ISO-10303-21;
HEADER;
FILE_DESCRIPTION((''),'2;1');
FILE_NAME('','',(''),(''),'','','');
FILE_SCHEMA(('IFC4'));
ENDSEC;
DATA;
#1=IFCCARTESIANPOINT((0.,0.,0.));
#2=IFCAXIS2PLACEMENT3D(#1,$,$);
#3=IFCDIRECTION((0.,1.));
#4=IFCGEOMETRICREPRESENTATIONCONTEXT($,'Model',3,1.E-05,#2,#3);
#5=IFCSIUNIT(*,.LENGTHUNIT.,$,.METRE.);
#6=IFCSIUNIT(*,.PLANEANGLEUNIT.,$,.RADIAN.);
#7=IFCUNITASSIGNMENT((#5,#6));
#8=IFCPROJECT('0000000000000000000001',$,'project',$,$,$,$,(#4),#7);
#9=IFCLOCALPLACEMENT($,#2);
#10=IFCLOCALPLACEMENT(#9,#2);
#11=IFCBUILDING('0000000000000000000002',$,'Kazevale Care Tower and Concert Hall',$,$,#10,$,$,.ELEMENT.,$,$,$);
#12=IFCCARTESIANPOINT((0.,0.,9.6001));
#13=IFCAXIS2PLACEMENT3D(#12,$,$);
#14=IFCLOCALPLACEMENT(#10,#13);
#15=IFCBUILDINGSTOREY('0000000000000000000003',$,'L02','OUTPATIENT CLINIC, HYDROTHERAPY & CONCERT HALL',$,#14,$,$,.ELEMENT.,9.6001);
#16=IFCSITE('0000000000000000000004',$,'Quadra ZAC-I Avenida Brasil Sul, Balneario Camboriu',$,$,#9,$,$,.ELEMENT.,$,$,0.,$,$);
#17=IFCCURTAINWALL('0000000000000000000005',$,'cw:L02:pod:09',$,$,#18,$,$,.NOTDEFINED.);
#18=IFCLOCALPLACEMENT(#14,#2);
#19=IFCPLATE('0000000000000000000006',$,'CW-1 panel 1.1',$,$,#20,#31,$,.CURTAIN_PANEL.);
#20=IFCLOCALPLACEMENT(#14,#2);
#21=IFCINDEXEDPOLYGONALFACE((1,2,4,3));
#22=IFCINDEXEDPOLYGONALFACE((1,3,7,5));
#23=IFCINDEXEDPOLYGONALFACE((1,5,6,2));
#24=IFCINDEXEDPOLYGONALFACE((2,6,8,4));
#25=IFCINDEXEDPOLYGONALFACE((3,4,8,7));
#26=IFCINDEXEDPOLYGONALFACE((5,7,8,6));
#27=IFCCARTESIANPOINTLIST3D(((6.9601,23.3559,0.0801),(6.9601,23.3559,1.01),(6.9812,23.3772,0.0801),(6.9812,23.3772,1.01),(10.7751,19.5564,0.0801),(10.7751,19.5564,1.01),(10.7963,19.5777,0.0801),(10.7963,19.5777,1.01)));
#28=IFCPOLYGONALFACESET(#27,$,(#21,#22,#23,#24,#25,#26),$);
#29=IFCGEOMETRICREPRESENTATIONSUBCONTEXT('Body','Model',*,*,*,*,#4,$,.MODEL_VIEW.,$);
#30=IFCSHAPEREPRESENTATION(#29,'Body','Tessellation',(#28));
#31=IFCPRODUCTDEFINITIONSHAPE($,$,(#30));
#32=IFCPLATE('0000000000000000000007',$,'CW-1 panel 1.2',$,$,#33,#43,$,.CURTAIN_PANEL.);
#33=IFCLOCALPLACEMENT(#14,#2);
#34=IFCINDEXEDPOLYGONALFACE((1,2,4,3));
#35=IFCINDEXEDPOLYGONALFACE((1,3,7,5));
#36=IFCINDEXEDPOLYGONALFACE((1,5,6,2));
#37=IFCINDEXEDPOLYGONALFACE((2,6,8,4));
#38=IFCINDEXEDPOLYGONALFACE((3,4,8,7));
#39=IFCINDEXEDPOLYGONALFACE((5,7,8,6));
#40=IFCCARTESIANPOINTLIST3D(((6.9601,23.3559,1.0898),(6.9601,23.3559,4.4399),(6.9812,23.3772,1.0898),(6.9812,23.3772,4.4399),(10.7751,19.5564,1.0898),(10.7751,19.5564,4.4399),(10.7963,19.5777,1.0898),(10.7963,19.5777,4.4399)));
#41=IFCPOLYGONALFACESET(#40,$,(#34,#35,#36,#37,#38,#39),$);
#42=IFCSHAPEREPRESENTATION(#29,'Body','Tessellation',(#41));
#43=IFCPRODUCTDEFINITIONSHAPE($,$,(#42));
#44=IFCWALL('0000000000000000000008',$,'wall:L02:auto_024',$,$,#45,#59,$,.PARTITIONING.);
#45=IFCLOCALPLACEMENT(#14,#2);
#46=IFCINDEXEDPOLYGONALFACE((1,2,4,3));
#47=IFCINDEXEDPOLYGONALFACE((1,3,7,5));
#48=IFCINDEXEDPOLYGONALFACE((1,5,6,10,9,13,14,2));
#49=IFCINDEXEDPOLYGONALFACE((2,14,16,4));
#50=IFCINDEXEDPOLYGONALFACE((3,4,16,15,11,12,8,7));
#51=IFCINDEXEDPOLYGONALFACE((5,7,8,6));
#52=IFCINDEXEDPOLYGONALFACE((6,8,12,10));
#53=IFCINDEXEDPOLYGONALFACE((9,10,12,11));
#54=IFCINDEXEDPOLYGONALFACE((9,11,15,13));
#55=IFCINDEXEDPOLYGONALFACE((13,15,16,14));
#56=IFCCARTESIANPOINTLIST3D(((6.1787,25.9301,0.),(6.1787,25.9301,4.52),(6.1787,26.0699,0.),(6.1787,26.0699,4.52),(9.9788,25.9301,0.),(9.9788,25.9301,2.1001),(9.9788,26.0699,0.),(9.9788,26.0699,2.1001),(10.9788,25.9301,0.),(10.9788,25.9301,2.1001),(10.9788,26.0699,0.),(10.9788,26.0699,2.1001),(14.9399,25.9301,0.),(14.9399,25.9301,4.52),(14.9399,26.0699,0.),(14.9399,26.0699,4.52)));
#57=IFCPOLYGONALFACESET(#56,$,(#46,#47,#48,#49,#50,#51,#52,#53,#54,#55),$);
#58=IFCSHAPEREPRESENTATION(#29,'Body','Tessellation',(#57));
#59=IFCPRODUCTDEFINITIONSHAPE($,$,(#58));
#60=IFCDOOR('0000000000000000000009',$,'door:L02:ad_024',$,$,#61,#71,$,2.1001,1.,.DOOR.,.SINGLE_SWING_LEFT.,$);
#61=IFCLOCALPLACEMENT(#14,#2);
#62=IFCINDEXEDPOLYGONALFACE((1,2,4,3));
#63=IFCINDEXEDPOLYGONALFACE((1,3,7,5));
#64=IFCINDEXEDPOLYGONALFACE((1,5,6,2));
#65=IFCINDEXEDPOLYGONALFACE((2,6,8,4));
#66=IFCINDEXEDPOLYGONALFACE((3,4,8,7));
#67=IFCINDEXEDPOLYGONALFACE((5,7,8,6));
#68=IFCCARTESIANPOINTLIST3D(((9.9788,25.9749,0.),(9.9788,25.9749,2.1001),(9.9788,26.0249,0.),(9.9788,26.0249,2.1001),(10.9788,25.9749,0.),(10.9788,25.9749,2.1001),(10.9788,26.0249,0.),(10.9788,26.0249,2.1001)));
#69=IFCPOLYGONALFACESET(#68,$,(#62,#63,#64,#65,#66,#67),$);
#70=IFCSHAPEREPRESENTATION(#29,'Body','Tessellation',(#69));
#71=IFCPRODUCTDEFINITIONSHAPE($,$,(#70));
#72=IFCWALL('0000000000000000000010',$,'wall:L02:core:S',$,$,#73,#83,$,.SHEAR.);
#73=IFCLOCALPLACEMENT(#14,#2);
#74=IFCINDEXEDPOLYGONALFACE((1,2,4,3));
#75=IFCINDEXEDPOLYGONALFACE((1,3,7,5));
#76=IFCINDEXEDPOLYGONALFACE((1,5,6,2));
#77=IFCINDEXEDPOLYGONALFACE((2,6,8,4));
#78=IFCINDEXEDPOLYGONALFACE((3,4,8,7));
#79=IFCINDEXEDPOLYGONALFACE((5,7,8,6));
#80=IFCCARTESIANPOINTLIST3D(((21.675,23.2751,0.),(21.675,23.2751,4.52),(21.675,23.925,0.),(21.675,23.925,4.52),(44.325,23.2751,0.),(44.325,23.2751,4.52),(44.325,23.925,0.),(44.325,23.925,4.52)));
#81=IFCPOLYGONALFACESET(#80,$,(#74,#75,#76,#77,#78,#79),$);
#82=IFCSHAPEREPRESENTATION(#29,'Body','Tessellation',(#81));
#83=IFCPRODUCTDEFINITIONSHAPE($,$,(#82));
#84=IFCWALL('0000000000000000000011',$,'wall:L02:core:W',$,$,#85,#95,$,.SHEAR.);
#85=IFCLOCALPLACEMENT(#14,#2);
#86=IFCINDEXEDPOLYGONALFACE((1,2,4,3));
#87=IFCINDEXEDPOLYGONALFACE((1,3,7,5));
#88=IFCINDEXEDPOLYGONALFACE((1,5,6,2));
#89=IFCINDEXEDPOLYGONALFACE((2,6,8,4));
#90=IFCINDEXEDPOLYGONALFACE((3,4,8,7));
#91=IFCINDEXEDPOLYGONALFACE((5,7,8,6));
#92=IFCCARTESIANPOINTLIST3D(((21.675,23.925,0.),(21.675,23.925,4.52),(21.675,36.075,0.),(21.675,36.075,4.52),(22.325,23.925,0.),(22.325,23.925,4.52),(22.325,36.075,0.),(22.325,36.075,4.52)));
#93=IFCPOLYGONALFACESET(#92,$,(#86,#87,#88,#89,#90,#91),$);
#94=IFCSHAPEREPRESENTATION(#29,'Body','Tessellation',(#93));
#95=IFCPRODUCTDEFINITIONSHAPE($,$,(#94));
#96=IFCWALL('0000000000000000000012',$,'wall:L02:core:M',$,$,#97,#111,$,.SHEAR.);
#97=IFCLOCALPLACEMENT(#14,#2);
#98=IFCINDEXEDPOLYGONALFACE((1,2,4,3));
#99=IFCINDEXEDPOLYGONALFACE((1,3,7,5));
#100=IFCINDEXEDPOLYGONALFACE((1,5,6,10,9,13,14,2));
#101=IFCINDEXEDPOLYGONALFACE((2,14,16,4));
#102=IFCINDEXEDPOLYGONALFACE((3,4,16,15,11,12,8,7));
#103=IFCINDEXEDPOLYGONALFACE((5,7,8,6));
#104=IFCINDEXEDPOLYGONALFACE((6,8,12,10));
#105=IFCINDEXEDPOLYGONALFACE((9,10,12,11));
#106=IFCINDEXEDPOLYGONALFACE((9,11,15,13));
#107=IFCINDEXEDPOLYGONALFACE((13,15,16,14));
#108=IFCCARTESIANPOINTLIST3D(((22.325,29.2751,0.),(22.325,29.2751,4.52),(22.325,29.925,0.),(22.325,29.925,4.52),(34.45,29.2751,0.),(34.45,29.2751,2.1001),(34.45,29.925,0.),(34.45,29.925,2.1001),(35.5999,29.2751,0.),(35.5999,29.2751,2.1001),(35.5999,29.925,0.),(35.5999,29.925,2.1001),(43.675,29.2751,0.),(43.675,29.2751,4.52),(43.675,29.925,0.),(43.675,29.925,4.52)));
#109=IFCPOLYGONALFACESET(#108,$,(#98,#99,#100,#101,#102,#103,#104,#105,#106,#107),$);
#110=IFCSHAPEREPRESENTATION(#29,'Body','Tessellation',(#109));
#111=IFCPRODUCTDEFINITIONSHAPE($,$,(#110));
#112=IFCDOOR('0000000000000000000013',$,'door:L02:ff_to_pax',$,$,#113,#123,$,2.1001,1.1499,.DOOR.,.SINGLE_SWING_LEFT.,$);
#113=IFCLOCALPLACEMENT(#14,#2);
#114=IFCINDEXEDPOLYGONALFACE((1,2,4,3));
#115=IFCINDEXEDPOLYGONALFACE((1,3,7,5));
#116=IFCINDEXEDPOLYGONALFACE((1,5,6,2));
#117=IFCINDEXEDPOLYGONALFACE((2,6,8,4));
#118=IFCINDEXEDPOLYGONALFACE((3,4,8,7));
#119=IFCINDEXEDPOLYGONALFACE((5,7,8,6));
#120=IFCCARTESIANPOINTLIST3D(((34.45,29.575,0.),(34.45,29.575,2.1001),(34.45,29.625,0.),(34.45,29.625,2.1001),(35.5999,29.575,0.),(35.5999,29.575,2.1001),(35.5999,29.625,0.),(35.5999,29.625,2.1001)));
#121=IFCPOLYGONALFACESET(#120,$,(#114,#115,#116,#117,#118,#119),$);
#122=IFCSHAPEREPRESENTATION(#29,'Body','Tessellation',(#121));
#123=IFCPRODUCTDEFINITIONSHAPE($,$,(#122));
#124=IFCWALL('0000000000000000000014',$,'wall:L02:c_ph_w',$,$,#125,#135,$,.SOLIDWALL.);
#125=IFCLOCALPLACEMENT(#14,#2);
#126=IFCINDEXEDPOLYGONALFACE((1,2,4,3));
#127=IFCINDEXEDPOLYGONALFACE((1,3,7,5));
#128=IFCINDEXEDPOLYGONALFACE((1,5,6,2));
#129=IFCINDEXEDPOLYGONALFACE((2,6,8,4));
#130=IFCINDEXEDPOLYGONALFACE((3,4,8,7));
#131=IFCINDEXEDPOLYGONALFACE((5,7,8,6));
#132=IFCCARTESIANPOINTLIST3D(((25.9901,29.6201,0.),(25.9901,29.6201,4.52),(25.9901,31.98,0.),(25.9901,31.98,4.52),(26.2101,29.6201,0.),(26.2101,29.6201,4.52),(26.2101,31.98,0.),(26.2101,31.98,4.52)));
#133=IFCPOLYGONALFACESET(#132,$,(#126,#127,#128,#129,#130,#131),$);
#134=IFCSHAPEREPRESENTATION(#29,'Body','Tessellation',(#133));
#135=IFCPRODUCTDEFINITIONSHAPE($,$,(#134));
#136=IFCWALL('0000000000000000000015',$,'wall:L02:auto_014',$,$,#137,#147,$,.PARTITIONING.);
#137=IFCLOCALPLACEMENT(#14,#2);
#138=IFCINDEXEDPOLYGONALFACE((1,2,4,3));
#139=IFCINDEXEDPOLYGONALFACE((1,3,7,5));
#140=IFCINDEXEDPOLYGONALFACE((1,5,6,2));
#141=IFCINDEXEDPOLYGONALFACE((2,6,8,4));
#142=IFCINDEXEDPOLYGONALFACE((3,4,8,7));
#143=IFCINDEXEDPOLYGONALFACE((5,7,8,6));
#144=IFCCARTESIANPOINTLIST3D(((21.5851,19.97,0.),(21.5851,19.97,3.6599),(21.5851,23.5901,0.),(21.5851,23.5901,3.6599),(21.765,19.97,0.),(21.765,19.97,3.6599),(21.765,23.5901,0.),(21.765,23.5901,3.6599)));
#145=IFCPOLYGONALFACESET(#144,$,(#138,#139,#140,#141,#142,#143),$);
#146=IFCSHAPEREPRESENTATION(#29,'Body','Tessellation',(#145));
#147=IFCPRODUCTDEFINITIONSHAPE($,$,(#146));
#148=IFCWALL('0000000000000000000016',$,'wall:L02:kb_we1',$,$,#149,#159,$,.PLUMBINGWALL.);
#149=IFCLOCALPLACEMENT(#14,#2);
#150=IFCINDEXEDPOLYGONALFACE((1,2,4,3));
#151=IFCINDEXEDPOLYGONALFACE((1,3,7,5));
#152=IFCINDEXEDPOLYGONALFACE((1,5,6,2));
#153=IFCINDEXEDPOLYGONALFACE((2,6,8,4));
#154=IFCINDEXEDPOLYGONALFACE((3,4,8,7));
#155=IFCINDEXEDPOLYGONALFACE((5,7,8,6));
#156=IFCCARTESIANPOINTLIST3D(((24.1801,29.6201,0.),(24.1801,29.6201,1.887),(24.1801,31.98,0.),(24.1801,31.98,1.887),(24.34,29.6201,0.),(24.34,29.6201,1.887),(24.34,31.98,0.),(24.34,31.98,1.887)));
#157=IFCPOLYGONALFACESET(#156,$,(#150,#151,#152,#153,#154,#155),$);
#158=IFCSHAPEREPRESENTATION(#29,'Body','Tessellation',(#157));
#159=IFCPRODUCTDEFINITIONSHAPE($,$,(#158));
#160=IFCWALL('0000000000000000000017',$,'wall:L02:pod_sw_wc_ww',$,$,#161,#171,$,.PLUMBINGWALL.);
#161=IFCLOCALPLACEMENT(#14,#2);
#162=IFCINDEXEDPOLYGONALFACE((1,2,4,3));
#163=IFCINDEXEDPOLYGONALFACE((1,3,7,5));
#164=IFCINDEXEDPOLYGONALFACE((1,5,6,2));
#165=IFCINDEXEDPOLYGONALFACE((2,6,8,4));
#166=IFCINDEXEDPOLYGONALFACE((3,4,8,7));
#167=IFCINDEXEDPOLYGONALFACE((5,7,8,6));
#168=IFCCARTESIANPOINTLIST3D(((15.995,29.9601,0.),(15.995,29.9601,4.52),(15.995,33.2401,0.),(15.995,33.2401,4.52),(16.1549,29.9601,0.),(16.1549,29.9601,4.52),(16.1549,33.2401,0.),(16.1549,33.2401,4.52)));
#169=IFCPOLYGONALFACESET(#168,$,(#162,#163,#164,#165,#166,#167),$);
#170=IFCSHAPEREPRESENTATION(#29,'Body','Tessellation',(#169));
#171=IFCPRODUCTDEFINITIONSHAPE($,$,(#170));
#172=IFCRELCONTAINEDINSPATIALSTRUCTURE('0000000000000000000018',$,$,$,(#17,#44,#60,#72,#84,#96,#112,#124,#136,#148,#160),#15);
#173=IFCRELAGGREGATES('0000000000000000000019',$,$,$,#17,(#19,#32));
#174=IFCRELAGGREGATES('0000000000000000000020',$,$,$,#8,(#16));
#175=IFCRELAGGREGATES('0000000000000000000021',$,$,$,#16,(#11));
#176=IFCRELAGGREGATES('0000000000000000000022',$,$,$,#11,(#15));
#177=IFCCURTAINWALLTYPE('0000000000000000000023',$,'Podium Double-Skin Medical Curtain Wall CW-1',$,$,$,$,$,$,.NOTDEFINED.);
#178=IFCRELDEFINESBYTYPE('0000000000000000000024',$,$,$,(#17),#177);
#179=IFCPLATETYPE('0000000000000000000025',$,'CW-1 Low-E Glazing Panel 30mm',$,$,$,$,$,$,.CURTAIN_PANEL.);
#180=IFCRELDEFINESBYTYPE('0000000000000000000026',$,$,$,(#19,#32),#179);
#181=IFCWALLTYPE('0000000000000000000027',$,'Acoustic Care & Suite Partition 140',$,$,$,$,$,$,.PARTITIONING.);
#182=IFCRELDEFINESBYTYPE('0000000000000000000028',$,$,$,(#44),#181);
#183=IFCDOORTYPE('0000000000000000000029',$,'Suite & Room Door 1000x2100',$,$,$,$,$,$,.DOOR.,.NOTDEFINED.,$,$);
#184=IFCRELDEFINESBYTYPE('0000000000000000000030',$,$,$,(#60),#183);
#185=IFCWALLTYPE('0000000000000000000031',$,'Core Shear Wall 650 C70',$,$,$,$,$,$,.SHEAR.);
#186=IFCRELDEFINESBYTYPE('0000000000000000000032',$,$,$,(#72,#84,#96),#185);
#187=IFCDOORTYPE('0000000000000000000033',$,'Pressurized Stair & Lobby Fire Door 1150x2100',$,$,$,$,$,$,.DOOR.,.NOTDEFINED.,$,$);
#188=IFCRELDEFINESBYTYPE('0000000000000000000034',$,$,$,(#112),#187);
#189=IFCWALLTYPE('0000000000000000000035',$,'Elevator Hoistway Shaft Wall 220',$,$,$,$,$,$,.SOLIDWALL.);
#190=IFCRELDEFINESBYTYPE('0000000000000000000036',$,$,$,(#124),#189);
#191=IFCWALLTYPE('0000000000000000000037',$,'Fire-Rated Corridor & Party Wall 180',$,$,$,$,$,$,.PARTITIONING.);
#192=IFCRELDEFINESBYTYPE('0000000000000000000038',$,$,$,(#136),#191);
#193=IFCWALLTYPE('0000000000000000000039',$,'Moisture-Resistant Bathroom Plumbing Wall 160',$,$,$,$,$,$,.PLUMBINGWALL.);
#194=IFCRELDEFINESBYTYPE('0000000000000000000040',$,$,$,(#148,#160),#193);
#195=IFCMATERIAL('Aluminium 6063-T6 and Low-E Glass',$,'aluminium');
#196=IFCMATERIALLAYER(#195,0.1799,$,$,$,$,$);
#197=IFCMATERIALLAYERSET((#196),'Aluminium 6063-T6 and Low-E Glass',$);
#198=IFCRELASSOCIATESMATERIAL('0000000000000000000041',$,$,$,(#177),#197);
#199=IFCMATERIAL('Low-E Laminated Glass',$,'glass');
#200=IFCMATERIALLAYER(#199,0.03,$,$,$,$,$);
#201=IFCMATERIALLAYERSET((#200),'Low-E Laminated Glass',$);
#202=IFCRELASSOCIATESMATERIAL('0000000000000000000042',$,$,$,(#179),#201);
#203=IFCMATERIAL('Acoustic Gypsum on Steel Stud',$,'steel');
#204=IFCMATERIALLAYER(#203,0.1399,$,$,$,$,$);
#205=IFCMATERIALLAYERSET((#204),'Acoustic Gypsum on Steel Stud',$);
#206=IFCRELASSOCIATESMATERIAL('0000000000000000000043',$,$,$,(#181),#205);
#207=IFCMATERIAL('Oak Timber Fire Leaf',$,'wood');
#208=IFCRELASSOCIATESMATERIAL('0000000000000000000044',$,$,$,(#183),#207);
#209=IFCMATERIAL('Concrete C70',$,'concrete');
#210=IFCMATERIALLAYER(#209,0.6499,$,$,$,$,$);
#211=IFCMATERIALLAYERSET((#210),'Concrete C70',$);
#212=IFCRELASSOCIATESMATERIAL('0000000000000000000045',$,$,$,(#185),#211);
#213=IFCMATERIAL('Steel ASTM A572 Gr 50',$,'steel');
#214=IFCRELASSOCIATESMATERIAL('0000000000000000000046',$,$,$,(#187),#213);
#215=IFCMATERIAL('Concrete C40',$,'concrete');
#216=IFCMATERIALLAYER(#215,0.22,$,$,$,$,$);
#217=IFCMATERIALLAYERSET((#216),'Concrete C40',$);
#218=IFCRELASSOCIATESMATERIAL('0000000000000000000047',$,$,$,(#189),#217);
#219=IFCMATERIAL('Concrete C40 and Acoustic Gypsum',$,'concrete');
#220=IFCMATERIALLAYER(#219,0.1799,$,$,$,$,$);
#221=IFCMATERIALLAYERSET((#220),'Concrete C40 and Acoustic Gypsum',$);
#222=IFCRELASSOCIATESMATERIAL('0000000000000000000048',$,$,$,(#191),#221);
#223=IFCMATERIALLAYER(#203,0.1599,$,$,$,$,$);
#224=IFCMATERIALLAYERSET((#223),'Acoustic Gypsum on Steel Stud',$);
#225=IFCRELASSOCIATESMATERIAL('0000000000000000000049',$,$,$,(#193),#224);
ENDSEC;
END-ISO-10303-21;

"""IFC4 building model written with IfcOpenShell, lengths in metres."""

from ifc_helpers import new_model, si_unit, direction, frame, frame_2d, origin, origin_2d, place, context, subcontext, project, spatial, rectangle, extrude, material, layer, layer_set, type_object, element, fill, aggregate, save


model = new_model("IFC4")

# Units and contexts
model_context = context("Model", 3, precision=1e-05, world=origin(), true_north=direction((0.0, 1.0)))
body_context = subcontext(model_context, "Body", "Model", "MODEL_VIEW")
ifc_project = project(units=[si_unit("LENGTHUNIT", "METRE"), si_unit("PLANEANGLEUNIT", "RADIAN")], contexts=[model_context])

# Site, building, storey
site_placement = place(None, origin())
site = spatial("IfcSite", under=ifc_project, at=site_placement, Name="Quadra ZAC-I Avenida Brasil Sul, Balneario Camboriu", CompositionType="ELEMENT", RefElevation=0.0)
building_placement = place(site_placement, origin())
building = spatial("IfcBuilding", under=site, at=building_placement, Name="Kazevale Care Tower and Concert Hall", CompositionType="ELEMENT")
storey_placement = place(building_placement, frame((0.0, 0.0, 9.6001)))
storey = spatial("IfcBuildingStorey", under=building, at=storey_placement, Name="L02", Description="OUTPATIENT CLINIC, HYDROTHERAPY & CONCERT HALL", CompositionType="ELEMENT", Elevation=9.6001)

# Shared definitions
ifc_material_1 = material(Name="Concrete C70", Category="concrete")

# Curtain wall
ifc_material_2 = material(Name="Aluminium 6063-T6 and Low-E Glass", Category="aluminium")
ifc_layer_1 = layer(ifc_material_2, 0.1799)
ifc_layer_set_1 = layer_set([ifc_layer_1], Name="Aluminium 6063-T6 and Low-E Glass")
curtain_wall_type = type_object("IfcCurtainWallType", Name="Podium Double-Skin Medical Curtain Wall CW-1", PredefinedType="NOTDEFINED", material=ifc_layer_set_1)
curtain_wall_placement = place(storey_placement, origin())
curtain_wall = element("IfcCurtainWall", 1, at=curtain_wall_placement, inside=storey, type_object=curtain_wall_type, Name="cw:L02:pod:09", PredefinedType="NOTDEFINED")

# Shared definitions
ifc_material_3 = material(Name="Steel ASTM A572 Gr 50", Category="steel")

# Plates
ifc_material_4 = material(Name="Low-E Laminated Glass", Category="glass")
ifc_layer_2 = layer(ifc_material_4, 0.03)
ifc_layer_set_2 = layer_set([ifc_layer_2], Name="Low-E Laminated Glass")
plate_type = type_object("IfcPlateType", Name="CW-1 Low-E Glazing Panel 30mm", PredefinedType="CURTAIN_PANEL", material=ifc_layer_set_2)
plate_1_placement = place(storey_placement, frame((8.8782, 21.4668, 0.0801), z_axis=(0.0, 0.0, 1.0), x_axis=(0.708555, -0.705656, 0.0)))
plate_1 = element("IfcPlate", 2, at=plate_1_placement, type_object=plate_type, Name="CW-1 panel 1.1", PredefinedType="CURTAIN_PANEL", context=body_context, shape_type="SweptSolid", body=[
    extrude(rectangle(XDim=5.3843, YDim=0.03, at=origin_2d()), origin(), (0.0, 0.0, 1.0), 0.9299),
])
plate_2_placement = place(storey_placement, frame((8.8782, 21.4668, 1.0898), z_axis=(0.0, 0.0, 1.0), x_axis=(0.708555, -0.705656, 0.0)))
plate_2 = element("IfcPlate", 3, at=plate_2_placement, type_object=plate_type, Name="CW-1 panel 1.2", PredefinedType="CURTAIN_PANEL", context=body_context, shape_type="SweptSolid", body=[
    extrude(rectangle(XDim=5.3843, YDim=0.03, at=origin_2d()), origin(), (0.0, 0.0, 1.0), 3.3501),
])
aggregate(curtain_wall, [plate_1, plate_2])

# Wall, opening, door
ifc_material_5 = material(Name="Acoustic Gypsum on Steel Stud", Category="steel")
ifc_layer_3 = layer(ifc_material_5, 0.1399)
ifc_layer_set_3 = layer_set([ifc_layer_3], Name="Acoustic Gypsum on Steel Stud")
wall_type_1 = type_object("IfcWallType", Name="Acoustic Care & Suite Partition 140", PredefinedType="PARTITIONING", material=ifc_layer_set_3)
wall_1_placement = place(storey_placement, frame((6.1787, 26.0, 0.0), z_axis=(0.0, 0.0, 1.0), x_axis=(1.0, 0.0, 0.0)))
wall_1 = element("IfcWall", 4, at=wall_1_placement, inside=storey, type_object=wall_type_1, Name="wall:L02:auto_024", PredefinedType="PARTITIONING", context=body_context, shape_type="SweptSolid", body=[
    extrude(rectangle(XDim=8.7612, YDim=0.1399, at=frame_2d((4.3806, 0.0))), origin(), (0.0, 0.0, 1.0), 4.52),
])
opening_1_placement = place(wall_1_placement, frame((3.8, 0.0, 0.0)))
opening_1 = element("IfcOpeningElement", 5, at=opening_1_placement, cuts=wall_1, PredefinedType="OPENING", context=body_context, shape_type="SweptSolid", body=[
    extrude(rectangle(XDim=1.0, YDim=2.1001, at=frame_2d((0.5, 1.05))), frame((0.0, 0.0798, 0.0), z_axis=(0.0, -1.0, 0.0), x_axis=(1.0, 0.0, 0.0)), (0.0, 0.0, 1.0), 0.1599),
])
ifc_material_6 = material(Name="Oak Timber Fire Leaf", Category="wood")
door_type_1 = type_object("IfcDoorType", Name="Suite & Room Door 1000x2100", OperationType="NOTDEFINED", PredefinedType="DOOR", material=ifc_material_6)
door_1_placement = place(opening_1_placement, origin())
door_1 = element("IfcDoor", 6, at=door_1_placement, inside=storey, type_object=door_type_1, Name="door:L02:ad_024", OperationType="SINGLE_SWING_LEFT", OverallHeight=2.1001, OverallWidth=1.0, PredefinedType="DOOR", context=body_context, shape_type="SweptSolid", body=[
    extrude(rectangle(XDim=1.0, YDim=2.1001, at=frame_2d((0.5, 1.05))), frame((0.0, 0.0249, 0.0), z_axis=(0.0, -1.0, 0.0), x_axis=(1.0, 0.0, 0.0)), (0.0, 0.0, 1.0), 0.05),
])
fill(opening_1, door_1)

# Walls
ifc_layer_4 = layer(ifc_material_1, 0.6499)
ifc_layer_set_4 = layer_set([ifc_layer_4], Name="Concrete C70")
wall_type_2 = type_object("IfcWallType", Name="Core Shear Wall 650 C70", PredefinedType="SHEAR", material=ifc_layer_set_4)
wall_2_placement = place(storey_placement, frame((21.675, 23.6001, 0.0), z_axis=(0.0, 0.0, 1.0), x_axis=(1.0, 0.0, 0.0)))
element("IfcWall", 7, at=wall_2_placement, inside=storey, type_object=wall_type_2, Name="wall:L02:core:S", PredefinedType="SHEAR", context=body_context, shape_type="SweptSolid", body=[
    extrude(rectangle(XDim=22.6499, YDim=0.6499, at=frame_2d((11.325, 0.0))), origin(), (0.0, 0.0, 1.0), 4.52),
])
wall_3_placement = place(storey_placement, frame((22.0, 23.925, 0.0), z_axis=(0.0, 0.0, 1.0), x_axis=(0.0, 1.0, 0.0)))
element("IfcWall", 8, at=wall_3_placement, inside=storey, type_object=wall_type_2, Name="wall:L02:core:W", PredefinedType="SHEAR", context=body_context, shape_type="SweptSolid", body=[
    extrude(rectangle(XDim=12.1499, YDim=0.6499, at=frame_2d((6.075, 0.0))), origin(), (0.0, 0.0, 1.0), 4.52),
])

# Wall, opening, door
wall_4_placement = place(storey_placement, frame((22.325, 29.6001, 0.0), z_axis=(0.0, 0.0, 1.0), x_axis=(1.0, 0.0, 0.0)))
wall_4 = element("IfcWall", 9, at=wall_4_placement, inside=storey, type_object=wall_type_2, Name="wall:L02:core:M", PredefinedType="SHEAR", context=body_context, shape_type="SweptSolid", body=[
    extrude(rectangle(XDim=21.3501, YDim=0.6499, at=frame_2d((10.675, 0.0))), origin(), (0.0, 0.0, 1.0), 4.52),
])
opening_2_placement = place(wall_4_placement, frame((12.125, 0.0, 0.0)))
opening_2 = element("IfcOpeningElement", 10, at=opening_2_placement, cuts=wall_4, PredefinedType="OPENING", context=body_context, shape_type="SweptSolid", body=[
    extrude(rectangle(XDim=1.1499, YDim=2.1001, at=frame_2d((0.575, 1.05))), frame((0.0, 0.335, 0.0), z_axis=(0.0, -1.0, 0.0), x_axis=(1.0, 0.0, 0.0)), (0.0, 0.0, 1.0), 0.6699),
])
door_type_2 = type_object("IfcDoorType", Name="Pressurized Stair & Lobby Fire Door 1150x2100", OperationType="NOTDEFINED", PredefinedType="DOOR", material=ifc_material_3)
door_2_placement = place(opening_2_placement, origin())
door_2 = element("IfcDoor", 11, at=door_2_placement, inside=storey, type_object=door_type_2, Name="door:L02:ff_to_pax", OperationType="SINGLE_SWING_LEFT", OverallHeight=2.1001, OverallWidth=1.1499, PredefinedType="DOOR", context=body_context, shape_type="SweptSolid", body=[
    extrude(rectangle(XDim=1.1499, YDim=2.1001, at=frame_2d((0.575, 1.05))), frame((0.0, 0.0249, 0.0), z_axis=(0.0, -1.0, 0.0), x_axis=(1.0, 0.0, 0.0)), (0.0, 0.0, 1.0), 0.05),
])
fill(opening_2, door_2)

# Walls
ifc_material_7 = material(Name="Concrete C40", Category="concrete")
ifc_layer_5 = layer(ifc_material_7, 0.22)
ifc_layer_set_5 = layer_set([ifc_layer_5], Name="Concrete C40")
wall_type_3 = type_object("IfcWallType", Name="Elevator Hoistway Shaft Wall 220", PredefinedType="SOLIDWALL", material=ifc_layer_set_5)
wall_5_placement = place(storey_placement, frame((26.1001, 29.6201, 0.0), z_axis=(0.0, 0.0, 1.0), x_axis=(0.0, 1.0, 0.0)))
element("IfcWall", 12, at=wall_5_placement, inside=storey, type_object=wall_type_3, Name="wall:L02:c_ph_w", PredefinedType="SOLIDWALL", context=body_context, shape_type="SweptSolid", body=[
    extrude(rectangle(XDim=2.3599, YDim=0.22, at=frame_2d((1.1799, 0.0))), origin(), (0.0, 0.0, 1.0), 4.52),
])
ifc_material_8 = material(Name="Concrete C40 and Acoustic Gypsum", Category="concrete")
ifc_layer_6 = layer(ifc_material_8, 0.1799)
ifc_layer_set_6 = layer_set([ifc_layer_6], Name="Concrete C40 and Acoustic Gypsum")
wall_type_4 = type_object("IfcWallType", Name="Fire-Rated Corridor & Party Wall 180", PredefinedType="PARTITIONING", material=ifc_layer_set_6)
wall_6_placement = place(storey_placement, frame((21.675, 23.5901, 0.0), z_axis=(0.0, 0.0, 1.0), x_axis=(0.0, -1.0, 0.0)))
element("IfcWall", 13, at=wall_6_placement, inside=storey, type_object=wall_type_4, Name="wall:L02:auto_014", PredefinedType="PARTITIONING", context=body_context, shape_type="SweptSolid", body=[
    extrude(rectangle(XDim=3.6201, YDim=0.1799, at=frame_2d((1.8101, 0.0))), origin(), (0.0, 0.0, 1.0), 3.6599),
])
ifc_layer_7 = layer(ifc_material_5, 0.1599)
ifc_layer_set_7 = layer_set([ifc_layer_7], Name="Acoustic Gypsum on Steel Stud")
wall_type_5 = type_object("IfcWallType", Name="Moisture-Resistant Bathroom Plumbing Wall 160", PredefinedType="PLUMBINGWALL", material=ifc_layer_set_7)
wall_7_placement = place(storey_placement, frame((24.26, 29.6201, 0.0), z_axis=(0.0, 0.0, 1.0), x_axis=(0.0, 1.0, 0.0)))
element("IfcWall", 14, at=wall_7_placement, inside=storey, type_object=wall_type_5, Name="wall:L02:kb_we1", PredefinedType="PLUMBINGWALL", context=body_context, shape_type="SweptSolid", body=[
    extrude(rectangle(XDim=2.3599, YDim=0.1599, at=frame_2d((1.1799, 0.0))), origin(), (0.0, 0.0, 1.0), 1.887),
])
wall_8_placement = place(storey_placement, frame((16.075, 29.96, 0.0), z_axis=(0.0, 0.0, 1.0), x_axis=(0.0, 1.0, 0.0)))
element("IfcWall", 15, at=wall_8_placement, inside=storey, type_object=wall_type_5, Name="wall:L02:pod_sw_wc_ww", PredefinedType="PLUMBINGWALL", context=body_context, shape_type="SweptSolid", body=[
    extrude(rectangle(XDim=3.28, YDim=0.1599, at=frame_2d((1.6401, 0.0))), origin(), (0.0, 0.0, 1.0), 4.52),
])

save(model, "model.ifc")
